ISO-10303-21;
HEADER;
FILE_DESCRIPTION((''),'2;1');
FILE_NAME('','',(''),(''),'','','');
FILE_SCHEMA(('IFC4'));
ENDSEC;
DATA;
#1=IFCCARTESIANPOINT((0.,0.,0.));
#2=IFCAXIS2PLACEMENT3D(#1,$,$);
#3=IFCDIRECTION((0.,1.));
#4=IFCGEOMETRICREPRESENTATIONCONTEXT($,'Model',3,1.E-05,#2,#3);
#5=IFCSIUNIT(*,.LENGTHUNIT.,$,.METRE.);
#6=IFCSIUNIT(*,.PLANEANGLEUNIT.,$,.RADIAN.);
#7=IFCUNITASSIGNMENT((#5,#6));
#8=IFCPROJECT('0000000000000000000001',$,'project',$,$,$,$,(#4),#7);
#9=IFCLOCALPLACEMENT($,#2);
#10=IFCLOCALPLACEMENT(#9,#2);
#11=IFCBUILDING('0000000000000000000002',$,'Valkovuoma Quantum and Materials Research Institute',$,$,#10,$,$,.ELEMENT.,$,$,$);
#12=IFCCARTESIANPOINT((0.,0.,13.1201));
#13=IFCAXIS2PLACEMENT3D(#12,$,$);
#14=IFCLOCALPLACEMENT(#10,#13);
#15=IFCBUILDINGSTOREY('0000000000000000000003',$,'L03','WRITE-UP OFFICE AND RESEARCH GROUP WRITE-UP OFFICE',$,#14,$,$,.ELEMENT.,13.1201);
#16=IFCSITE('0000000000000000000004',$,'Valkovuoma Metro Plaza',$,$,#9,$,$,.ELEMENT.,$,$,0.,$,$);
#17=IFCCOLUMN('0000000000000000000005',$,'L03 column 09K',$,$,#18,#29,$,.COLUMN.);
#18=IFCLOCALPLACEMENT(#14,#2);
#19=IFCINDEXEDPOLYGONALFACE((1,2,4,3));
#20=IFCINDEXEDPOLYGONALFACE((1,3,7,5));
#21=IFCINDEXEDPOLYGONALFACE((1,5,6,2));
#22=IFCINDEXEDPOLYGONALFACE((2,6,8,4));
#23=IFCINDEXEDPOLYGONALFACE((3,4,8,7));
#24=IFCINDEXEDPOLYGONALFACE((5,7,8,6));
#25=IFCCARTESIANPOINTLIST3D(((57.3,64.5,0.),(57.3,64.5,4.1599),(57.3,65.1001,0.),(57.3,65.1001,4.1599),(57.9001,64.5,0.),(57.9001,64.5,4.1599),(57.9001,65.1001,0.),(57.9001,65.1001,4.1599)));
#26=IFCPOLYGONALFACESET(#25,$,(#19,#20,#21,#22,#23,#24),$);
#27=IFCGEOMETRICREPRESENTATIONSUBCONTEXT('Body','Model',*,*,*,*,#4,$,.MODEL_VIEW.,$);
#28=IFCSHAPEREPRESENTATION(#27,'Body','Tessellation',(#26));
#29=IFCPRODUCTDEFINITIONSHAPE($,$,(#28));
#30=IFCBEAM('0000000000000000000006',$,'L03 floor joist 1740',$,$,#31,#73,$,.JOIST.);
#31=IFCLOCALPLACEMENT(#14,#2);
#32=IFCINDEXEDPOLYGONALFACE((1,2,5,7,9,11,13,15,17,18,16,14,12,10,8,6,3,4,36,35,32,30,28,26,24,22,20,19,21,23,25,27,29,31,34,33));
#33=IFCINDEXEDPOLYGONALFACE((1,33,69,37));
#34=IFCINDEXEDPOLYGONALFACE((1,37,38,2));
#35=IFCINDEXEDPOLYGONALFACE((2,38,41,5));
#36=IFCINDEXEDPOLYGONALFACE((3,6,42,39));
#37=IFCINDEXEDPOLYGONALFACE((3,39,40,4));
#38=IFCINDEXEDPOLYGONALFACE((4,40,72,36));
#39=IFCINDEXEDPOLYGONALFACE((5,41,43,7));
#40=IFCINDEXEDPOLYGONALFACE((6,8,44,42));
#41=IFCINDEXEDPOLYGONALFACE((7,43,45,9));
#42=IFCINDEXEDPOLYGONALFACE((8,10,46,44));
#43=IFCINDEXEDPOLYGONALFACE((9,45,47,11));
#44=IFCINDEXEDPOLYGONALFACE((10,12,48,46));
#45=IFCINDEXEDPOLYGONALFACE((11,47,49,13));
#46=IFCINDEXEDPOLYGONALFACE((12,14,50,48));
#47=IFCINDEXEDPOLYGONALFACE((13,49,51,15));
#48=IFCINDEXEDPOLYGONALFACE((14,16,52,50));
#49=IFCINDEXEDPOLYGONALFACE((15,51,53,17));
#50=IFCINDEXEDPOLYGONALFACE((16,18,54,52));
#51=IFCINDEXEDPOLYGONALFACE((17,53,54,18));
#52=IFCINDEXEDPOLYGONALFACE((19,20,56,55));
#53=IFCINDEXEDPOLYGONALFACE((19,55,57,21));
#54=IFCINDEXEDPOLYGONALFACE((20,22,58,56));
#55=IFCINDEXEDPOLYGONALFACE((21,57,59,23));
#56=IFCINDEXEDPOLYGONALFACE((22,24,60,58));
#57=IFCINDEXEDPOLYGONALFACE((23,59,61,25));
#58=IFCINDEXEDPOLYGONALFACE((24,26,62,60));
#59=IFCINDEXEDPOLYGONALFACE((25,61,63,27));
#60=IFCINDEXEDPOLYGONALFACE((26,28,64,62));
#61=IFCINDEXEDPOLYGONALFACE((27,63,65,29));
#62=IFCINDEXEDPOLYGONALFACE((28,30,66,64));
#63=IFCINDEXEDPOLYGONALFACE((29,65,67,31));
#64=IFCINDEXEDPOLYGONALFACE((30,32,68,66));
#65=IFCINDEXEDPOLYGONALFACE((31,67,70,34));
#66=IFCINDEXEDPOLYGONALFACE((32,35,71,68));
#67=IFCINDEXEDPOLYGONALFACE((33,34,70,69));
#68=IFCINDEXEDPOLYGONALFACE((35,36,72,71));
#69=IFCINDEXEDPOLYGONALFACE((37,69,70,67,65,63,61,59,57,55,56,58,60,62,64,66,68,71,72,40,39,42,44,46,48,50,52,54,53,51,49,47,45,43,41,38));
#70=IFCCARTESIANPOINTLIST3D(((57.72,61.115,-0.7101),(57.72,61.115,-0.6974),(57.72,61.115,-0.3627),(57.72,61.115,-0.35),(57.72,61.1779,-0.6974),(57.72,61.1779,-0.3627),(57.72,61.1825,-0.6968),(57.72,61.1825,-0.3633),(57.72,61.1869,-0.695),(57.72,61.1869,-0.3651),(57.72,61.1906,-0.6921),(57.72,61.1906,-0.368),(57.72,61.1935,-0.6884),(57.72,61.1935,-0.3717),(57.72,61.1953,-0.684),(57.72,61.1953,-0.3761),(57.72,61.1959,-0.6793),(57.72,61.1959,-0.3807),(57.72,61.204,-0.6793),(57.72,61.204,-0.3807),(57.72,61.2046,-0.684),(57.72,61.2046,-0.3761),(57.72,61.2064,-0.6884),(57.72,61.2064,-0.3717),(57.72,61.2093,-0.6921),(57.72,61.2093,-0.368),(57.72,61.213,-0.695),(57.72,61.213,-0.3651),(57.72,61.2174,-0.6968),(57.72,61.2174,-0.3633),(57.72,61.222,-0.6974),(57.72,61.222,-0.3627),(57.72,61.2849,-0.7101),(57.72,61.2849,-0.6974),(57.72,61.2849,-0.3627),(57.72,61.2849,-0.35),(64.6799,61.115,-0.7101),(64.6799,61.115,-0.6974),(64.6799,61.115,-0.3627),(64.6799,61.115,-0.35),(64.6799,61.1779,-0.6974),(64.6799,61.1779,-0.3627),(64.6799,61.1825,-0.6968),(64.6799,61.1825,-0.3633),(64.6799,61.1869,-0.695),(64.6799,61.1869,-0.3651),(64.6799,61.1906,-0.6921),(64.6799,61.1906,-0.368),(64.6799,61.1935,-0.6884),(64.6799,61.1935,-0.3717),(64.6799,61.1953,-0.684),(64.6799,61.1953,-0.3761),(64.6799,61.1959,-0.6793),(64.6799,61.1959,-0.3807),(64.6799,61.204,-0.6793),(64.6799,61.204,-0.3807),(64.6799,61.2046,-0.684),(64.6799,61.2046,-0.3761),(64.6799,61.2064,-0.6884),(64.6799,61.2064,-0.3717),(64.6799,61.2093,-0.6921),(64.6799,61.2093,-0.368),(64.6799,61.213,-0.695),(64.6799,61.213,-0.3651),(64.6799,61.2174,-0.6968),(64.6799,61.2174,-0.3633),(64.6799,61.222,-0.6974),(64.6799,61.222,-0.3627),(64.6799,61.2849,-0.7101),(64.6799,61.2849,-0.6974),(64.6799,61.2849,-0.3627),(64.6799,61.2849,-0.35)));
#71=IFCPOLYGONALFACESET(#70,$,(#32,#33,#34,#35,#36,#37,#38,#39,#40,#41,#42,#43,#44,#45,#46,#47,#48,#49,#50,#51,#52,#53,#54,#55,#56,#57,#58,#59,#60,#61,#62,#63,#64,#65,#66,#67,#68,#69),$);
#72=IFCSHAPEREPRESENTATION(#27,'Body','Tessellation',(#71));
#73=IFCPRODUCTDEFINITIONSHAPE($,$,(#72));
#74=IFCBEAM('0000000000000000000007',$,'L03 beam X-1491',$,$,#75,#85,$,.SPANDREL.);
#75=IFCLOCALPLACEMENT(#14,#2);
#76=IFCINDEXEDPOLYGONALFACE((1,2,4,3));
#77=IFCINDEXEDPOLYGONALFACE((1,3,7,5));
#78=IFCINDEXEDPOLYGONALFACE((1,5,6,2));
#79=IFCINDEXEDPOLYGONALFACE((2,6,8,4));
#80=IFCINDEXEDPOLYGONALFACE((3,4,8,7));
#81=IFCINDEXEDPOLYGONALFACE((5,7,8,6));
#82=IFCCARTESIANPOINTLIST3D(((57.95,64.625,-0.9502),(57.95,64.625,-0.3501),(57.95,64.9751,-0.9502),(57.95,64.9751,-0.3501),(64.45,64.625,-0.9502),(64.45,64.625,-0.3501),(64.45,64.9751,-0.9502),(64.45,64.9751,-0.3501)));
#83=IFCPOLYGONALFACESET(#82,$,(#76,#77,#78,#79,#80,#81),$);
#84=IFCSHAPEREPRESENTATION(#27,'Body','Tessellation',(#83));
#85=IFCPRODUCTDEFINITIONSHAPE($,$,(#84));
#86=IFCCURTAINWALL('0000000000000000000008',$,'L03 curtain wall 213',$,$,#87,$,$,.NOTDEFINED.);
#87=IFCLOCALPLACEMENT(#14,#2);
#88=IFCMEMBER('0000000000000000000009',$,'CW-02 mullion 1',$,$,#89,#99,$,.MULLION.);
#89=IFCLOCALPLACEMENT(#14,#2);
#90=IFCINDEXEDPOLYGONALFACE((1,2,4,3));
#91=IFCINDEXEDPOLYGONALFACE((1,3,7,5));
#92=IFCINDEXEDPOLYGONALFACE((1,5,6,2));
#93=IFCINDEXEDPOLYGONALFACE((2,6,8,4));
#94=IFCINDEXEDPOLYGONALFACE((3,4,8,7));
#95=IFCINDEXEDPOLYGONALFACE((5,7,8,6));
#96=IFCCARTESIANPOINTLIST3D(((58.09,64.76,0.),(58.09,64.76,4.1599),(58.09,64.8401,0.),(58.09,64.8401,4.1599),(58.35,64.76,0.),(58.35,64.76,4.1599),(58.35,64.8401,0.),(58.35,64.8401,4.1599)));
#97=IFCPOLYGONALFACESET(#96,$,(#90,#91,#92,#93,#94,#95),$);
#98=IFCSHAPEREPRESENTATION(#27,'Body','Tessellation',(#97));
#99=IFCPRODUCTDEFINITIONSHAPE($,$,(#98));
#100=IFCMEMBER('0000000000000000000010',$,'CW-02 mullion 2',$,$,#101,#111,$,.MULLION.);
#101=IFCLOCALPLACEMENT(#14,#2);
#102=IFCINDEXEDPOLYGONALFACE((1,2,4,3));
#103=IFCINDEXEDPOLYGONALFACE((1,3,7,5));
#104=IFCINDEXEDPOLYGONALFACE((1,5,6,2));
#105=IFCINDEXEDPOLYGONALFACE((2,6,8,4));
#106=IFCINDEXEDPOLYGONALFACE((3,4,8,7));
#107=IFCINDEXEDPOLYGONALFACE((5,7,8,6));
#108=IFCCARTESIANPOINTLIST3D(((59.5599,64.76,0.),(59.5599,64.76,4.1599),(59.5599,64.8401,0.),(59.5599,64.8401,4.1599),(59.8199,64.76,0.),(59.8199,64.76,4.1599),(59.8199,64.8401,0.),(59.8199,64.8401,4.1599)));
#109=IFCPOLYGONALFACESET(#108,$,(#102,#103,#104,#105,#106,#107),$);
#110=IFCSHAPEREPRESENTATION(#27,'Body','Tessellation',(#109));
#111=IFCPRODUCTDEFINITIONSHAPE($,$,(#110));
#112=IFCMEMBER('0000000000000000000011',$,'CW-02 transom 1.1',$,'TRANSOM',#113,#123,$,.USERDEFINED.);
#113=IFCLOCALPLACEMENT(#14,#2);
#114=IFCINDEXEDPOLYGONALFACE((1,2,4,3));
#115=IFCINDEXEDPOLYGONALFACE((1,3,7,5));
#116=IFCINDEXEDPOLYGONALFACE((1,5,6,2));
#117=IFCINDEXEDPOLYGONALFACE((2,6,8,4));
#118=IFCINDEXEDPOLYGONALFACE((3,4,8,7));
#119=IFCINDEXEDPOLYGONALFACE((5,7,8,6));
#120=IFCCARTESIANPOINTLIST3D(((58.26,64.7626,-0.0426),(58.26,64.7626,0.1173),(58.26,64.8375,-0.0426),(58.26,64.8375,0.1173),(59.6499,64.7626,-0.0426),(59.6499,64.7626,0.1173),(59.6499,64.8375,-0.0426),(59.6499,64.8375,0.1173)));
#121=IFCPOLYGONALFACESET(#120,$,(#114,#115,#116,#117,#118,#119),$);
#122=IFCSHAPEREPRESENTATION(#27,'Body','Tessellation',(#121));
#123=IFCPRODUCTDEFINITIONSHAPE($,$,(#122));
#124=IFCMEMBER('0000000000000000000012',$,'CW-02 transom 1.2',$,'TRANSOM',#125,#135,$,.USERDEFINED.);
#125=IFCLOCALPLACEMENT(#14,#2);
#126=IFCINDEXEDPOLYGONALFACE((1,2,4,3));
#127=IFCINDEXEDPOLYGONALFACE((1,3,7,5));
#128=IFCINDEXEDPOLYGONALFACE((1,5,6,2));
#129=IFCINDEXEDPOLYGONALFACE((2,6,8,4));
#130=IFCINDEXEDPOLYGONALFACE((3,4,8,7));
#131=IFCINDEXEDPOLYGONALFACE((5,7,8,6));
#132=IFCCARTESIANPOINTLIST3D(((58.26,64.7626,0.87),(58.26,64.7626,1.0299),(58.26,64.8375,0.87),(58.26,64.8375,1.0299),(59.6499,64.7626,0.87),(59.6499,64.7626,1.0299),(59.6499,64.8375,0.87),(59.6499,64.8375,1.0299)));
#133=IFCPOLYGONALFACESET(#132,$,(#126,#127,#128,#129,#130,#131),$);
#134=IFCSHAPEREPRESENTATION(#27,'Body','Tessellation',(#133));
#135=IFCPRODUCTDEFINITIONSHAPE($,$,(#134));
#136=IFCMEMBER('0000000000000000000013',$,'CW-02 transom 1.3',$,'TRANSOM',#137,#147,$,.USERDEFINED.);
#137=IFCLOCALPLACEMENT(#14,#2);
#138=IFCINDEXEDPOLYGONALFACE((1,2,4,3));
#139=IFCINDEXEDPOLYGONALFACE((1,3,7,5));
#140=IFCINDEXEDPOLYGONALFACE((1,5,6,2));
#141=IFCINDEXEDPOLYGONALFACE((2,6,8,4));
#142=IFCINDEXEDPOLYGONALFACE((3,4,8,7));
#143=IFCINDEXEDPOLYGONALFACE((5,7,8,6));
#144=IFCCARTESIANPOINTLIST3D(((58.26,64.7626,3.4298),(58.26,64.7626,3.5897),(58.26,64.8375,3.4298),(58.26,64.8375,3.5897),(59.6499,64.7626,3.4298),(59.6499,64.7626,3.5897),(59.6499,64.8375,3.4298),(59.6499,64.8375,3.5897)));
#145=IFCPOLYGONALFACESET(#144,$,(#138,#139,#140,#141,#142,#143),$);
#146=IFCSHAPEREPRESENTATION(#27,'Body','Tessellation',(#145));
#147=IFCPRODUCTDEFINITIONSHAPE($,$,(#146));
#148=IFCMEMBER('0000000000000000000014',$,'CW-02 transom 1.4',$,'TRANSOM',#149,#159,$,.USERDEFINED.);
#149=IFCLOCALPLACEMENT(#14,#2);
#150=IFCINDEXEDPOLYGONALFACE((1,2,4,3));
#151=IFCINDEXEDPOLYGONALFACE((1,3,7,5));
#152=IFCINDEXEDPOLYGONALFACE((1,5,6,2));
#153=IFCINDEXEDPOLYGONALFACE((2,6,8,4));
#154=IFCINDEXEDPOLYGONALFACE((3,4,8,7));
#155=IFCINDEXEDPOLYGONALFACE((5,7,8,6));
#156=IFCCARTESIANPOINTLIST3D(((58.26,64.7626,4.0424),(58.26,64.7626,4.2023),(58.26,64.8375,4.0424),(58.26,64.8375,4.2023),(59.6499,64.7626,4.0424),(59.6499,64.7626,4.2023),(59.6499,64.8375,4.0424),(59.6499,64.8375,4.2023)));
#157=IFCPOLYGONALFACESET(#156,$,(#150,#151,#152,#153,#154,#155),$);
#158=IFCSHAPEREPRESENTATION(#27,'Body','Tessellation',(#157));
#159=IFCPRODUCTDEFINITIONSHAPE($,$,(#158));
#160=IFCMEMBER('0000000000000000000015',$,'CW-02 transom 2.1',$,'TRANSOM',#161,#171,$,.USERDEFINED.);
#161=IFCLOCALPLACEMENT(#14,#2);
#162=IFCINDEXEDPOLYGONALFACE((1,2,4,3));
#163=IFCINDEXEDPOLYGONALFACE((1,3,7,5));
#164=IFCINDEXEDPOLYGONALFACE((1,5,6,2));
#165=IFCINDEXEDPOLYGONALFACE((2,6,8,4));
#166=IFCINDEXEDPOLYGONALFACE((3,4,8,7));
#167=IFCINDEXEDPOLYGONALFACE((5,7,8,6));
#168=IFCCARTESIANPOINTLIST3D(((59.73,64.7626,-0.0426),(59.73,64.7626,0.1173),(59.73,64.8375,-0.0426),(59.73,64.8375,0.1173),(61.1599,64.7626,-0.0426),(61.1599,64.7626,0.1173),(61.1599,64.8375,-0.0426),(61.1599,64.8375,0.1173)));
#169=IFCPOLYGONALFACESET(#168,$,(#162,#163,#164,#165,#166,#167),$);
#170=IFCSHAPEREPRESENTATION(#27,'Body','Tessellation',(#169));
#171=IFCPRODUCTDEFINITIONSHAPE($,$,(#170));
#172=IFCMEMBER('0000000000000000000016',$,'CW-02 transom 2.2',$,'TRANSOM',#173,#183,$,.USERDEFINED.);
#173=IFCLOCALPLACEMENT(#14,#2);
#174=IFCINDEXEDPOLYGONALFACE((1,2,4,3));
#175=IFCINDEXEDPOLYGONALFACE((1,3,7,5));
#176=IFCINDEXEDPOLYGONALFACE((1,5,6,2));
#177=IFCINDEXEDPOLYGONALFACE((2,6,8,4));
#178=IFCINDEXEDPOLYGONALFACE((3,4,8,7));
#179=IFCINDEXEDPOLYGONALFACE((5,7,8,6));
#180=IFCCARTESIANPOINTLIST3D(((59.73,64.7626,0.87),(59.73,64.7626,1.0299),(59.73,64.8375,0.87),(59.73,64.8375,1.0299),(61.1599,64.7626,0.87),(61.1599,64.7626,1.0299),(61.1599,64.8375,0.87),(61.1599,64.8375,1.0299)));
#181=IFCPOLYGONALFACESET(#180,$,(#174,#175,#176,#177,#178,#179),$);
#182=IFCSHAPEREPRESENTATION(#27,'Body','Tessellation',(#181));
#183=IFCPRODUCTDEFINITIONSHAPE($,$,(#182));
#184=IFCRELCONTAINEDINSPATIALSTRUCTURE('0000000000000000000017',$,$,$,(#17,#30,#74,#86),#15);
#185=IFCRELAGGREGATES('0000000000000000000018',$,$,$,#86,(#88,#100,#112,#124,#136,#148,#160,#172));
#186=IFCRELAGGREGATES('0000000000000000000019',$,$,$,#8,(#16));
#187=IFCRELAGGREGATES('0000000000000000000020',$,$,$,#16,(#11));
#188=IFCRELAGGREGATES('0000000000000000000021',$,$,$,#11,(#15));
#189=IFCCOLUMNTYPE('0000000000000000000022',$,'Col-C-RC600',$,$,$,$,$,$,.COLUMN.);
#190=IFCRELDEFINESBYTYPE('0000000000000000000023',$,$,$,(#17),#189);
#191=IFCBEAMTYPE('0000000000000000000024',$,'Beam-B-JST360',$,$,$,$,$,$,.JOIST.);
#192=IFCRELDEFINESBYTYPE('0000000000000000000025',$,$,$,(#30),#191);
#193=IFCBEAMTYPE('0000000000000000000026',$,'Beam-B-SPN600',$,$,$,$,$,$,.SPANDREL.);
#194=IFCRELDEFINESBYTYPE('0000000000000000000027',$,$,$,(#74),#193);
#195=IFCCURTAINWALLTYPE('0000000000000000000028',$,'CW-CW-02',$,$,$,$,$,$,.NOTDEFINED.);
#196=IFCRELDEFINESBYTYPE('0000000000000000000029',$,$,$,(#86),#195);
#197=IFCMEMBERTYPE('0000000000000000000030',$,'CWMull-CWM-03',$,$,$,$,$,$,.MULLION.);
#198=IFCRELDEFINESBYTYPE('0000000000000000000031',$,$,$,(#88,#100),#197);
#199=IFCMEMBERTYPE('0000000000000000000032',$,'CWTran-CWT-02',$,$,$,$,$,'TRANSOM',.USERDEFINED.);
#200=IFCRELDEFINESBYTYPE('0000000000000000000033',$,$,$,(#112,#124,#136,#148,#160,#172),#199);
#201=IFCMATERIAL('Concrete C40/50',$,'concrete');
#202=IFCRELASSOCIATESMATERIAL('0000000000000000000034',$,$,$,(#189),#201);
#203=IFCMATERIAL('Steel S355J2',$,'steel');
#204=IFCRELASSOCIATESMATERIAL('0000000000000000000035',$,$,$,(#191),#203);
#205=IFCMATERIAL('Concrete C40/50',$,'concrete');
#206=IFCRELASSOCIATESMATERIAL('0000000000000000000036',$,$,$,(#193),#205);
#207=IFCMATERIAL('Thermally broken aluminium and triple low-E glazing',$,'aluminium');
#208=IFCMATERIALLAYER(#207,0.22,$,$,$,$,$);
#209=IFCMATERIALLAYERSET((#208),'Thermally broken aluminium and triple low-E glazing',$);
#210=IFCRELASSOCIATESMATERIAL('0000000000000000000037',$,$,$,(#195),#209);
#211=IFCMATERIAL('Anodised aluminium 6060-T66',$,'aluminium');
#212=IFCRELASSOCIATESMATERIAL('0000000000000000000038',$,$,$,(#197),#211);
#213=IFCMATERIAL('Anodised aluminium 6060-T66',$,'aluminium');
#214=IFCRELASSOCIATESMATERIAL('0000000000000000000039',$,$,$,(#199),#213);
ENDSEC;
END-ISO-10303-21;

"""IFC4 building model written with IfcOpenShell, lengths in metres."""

from ifc_helpers import new_model, si_unit, direction, frame, origin, origin_2d, place, context, subcontext, project, spatial, rectangle, i_section, extrude, material, layer, layer_set, material_profile, profile_set, type_object, element, aggregate, save


model = new_model("IFC4")

# Units and contexts
model_context = context("Model", 3, precision=1e-05, world=origin(), true_north=direction((0.0, 1.0)))
body_context = subcontext(model_context, "Body", "Model", "MODEL_VIEW")
ifc_project = project(units=[si_unit("LENGTHUNIT", "METRE"), si_unit("PLANEANGLEUNIT", "RADIAN")], contexts=[model_context])

# Site, building, storey
site_placement = place(None, origin())
site = spatial("IfcSite", under=ifc_project, at=site_placement, Name="Valkovuoma Metro Plaza", CompositionType="ELEMENT", RefElevation=0.0)
building_placement = place(site_placement, origin())
building = spatial("IfcBuilding", under=site, at=building_placement, Name="Valkovuoma Quantum and Materials Research Institute", CompositionType="ELEMENT")
storey_placement = place(building_placement, frame((0.0, 0.0, 13.1201)))
storey = spatial("IfcBuildingStorey", under=building, at=storey_placement, Name="L03", Description="WRITE-UP OFFICE AND RESEARCH GROUP WRITE-UP OFFICE", CompositionType="ELEMENT", Elevation=13.1201)

# Column
ifc_material_1 = material(Name="Concrete C40/50", Category="concrete")
ifc_material_profile_1 = material_profile(ifc_material_1, rectangle(XDim=0.6001, YDim=0.6001, at=origin_2d()), Name="Concrete C40/50")
ifc_profile_set_1 = profile_set([ifc_material_profile_1], Name="Concrete C40/50")
column_type = type_object("IfcColumnType", Name="Col-C-RC600", PredefinedType="COLUMN", material=ifc_profile_set_1)
column_placement = place(storey_placement, frame((57.6001, 64.8, 0.0), z_axis=(0.0, 0.0, 1.0), x_axis=(1.0, 0.0, 0.0)))
element("IfcColumn", 1, at=column_placement, inside=storey, type_object=column_type, Name="L03 column 09K", PredefinedType="COLUMN", context=body_context, shape_type="SweptSolid", body=[
    extrude(rectangle(XDim=0.6001, YDim=0.6001, at=origin_2d()), origin(), (0.0, 0.0, 1.0), 4.1599),
])

# Beams
ifc_material_2 = material(Name="Steel S355J2", Category="steel")
ifc_material_profile_2 = material_profile(ifc_material_2, i_section(OverallWidth=0.1699, OverallDepth=0.3601, WebThickness=0.0081, FlangeThickness=0.0127, FilletRadius=0.0181, at=origin_2d()), Name="Steel S355J2")
ifc_profile_set_2 = profile_set([ifc_material_profile_2], Name="Steel S355J2")
beam_type_1 = type_object("IfcBeamType", Name="Beam-B-JST360", PredefinedType="JOIST", material=ifc_profile_set_2)
beam_1_placement = place(storey_placement, frame((57.72, 61.2, -0.53), z_axis=(1.0, 0.0, 0.0), x_axis=(0.0, 1.0, 0.0)))
element("IfcBeam", 2, at=beam_1_placement, inside=storey, type_object=beam_type_1, Name="L03 floor joist 1740", PredefinedType="JOIST", context=body_context, shape_type="SweptSolid", body=[
    extrude(i_section(OverallWidth=0.1699, OverallDepth=0.3601, WebThickness=0.0081, FlangeThickness=0.0127, FilletRadius=0.0181, at=origin_2d()), origin(), (0.0, 0.0, 1.0), 6.96),
])
ifc_material_3 = material(Name="Concrete C40/50", Category="concrete")
ifc_material_profile_3 = material_profile(ifc_material_3, rectangle(XDim=0.3501, YDim=0.6001, at=origin_2d()), Name="Concrete C40/50")
ifc_profile_set_3 = profile_set([ifc_material_profile_3], Name="Concrete C40/50")
beam_type_2 = type_object("IfcBeamType", Name="Beam-B-SPN600", PredefinedType="SPANDREL", material=ifc_profile_set_3)
beam_2_placement = place(storey_placement, frame((57.95, 64.8, -0.6501), z_axis=(1.0, 0.0, 0.0), x_axis=(0.0, 1.0, 0.0)))
element("IfcBeam", 3, at=beam_2_placement, inside=storey, type_object=beam_type_2, Name="L03 beam X-1491", PredefinedType="SPANDREL", context=body_context, shape_type="SweptSolid", body=[
    extrude(rectangle(XDim=0.3501, YDim=0.6001, at=origin_2d()), origin(), (0.0, 0.0, 1.0), 6.5),
])

# Curtain wall, members
ifc_material_4 = material(Name="Thermally broken aluminium and triple low-E glazing", Category="aluminium")
ifc_layer_1 = layer(ifc_material_4, 0.22)
ifc_layer_set_1 = layer_set([ifc_layer_1], Name="Thermally broken aluminium and triple low-E glazing")
curtain_wall_type = type_object("IfcCurtainWallType", Name="CW-CW-02", PredefinedType="NOTDEFINED", material=ifc_layer_set_1)
curtain_wall_placement = place(storey_placement, origin())
curtain_wall = element("IfcCurtainWall", 4, at=curtain_wall_placement, inside=storey, type_object=curtain_wall_type, Name="L03 curtain wall 213", PredefinedType="NOTDEFINED")
ifc_material_5 = material(Name="Anodised aluminium 6060-T66", Category="aluminium")
ifc_material_profile_4 = material_profile(ifc_material_5, rectangle(XDim=0.0801, YDim=0.26, at=origin_2d()), Name="Anodised aluminium 6060-T66")
ifc_profile_set_4 = profile_set([ifc_material_profile_4], Name="Anodised aluminium 6060-T66")
member_type_1 = type_object("IfcMemberType", Name="CWMull-CWM-03", PredefinedType="MULLION", material=ifc_profile_set_4)
member_1_placement = place(storey_placement, frame((58.22, 64.8, 0.0), z_axis=(0.0, 0.0, 1.0), x_axis=(0.0, 1.0, 0.0)))
member_1 = element("IfcMember", 5, at=member_1_placement, type_object=member_type_1, Name="CW-02 mullion 1", PredefinedType="MULLION", context=body_context, shape_type="SweptSolid", body=[
    extrude(rectangle(XDim=0.0801, YDim=0.26, at=origin_2d()), origin(), (0.0, 0.0, 1.0), 4.1599),
])
member_2_placement = place(storey_placement, frame((59.6899, 64.8, 0.0), z_axis=(0.0, 0.0, 1.0), x_axis=(0.0, 1.0, 0.0)))
member_2 = element("IfcMember", 6, at=member_2_placement, type_object=member_type_1, Name="CW-02 mullion 2", PredefinedType="MULLION", context=body_context, shape_type="SweptSolid", body=[
    extrude(rectangle(XDim=0.0801, YDim=0.26, at=origin_2d()), origin(), (0.0, 0.0, 1.0), 4.1599),
])
ifc_material_6 = material(Name="Anodised aluminium 6060-T66", Category="aluminium")
ifc_material_profile_5 = material_profile(ifc_material_6, rectangle(XDim=0.075, YDim=0.1599, at=origin_2d()), Name="Anodised aluminium 6060-T66")
ifc_profile_set_5 = profile_set([ifc_material_profile_5], Name="Anodised aluminium 6060-T66")
member_type_2 = type_object("IfcMemberType", Name="CWTran-CWT-02", ElementType="TRANSOM", PredefinedType="USERDEFINED", material=ifc_profile_set_5)
member_3_placement = place(storey_placement, frame((58.26, 64.8, 0.0374), z_axis=(1.0, 0.0, 0.0), x_axis=(0.0, 1.0, 0.0)))
member_3 = element("IfcMember", 7, at=member_3_placement, type_object=member_type_2, Name="CW-02 transom 1.1", ObjectType="TRANSOM", PredefinedType="USERDEFINED", context=body_context, shape_type="SweptSolid", body=[
    extrude(rectangle(XDim=0.075, YDim=0.1599, at=origin_2d()), origin(), (0.0, 0.0, 1.0), 1.3899),
])
member_4_placement = place(storey_placement, frame((58.26, 64.8, 0.95), z_axis=(1.0, 0.0, 0.0), x_axis=(0.0, 1.0, 0.0)))
member_4 = element("IfcMember", 8, at=member_4_placement, type_object=member_type_2, Name="CW-02 transom 1.2", ObjectType="TRANSOM", PredefinedType="USERDEFINED", context=body_context, shape_type="SweptSolid", body=[
    extrude(rectangle(XDim=0.075, YDim=0.1599, at=origin_2d()), origin(), (0.0, 0.0, 1.0), 1.3899),
])
member_5_placement = place(storey_placement, frame((58.26, 64.8, 3.5098), z_axis=(1.0, 0.0, 0.0), x_axis=(0.0, 1.0, 0.0)))
member_5 = element("IfcMember", 9, at=member_5_placement, type_object=member_type_2, Name="CW-02 transom 1.3", ObjectType="TRANSOM", PredefinedType="USERDEFINED", context=body_context, shape_type="SweptSolid", body=[
    extrude(rectangle(XDim=0.075, YDim=0.1599, at=origin_2d()), origin(), (0.0, 0.0, 1.0), 1.3899),
])
member_6_placement = place(storey_placement, frame((58.26, 64.8, 4.1223), z_axis=(1.0, 0.0, 0.0), x_axis=(0.0, 1.0, 0.0)))
member_6 = element("IfcMember", 10, at=member_6_placement, type_object=member_type_2, Name="CW-02 transom 1.4", ObjectType="TRANSOM", PredefinedType="USERDEFINED", context=body_context, shape_type="SweptSolid", body=[
    extrude(rectangle(XDim=0.075, YDim=0.1599, at=origin_2d()), origin(), (0.0, 0.0, 1.0), 1.3899),
])
member_7_placement = place(storey_placement, frame((59.73, 64.8, 0.0374), z_axis=(1.0, 0.0, 0.0), x_axis=(0.0, 1.0, 0.0)))
member_7 = element("IfcMember", 11, at=member_7_placement, type_object=member_type_2, Name="CW-02 transom 2.1", ObjectType="TRANSOM", PredefinedType="USERDEFINED", context=body_context, shape_type="SweptSolid", body=[
    extrude(rectangle(XDim=0.075, YDim=0.1599, at=origin_2d()), origin(), (0.0, 0.0, 1.0), 1.4299),
])
member_8_placement = place(storey_placement, frame((59.73, 64.8, 0.95), z_axis=(1.0, 0.0, 0.0), x_axis=(0.0, 1.0, 0.0)))
member_8 = element("IfcMember", 12, at=member_8_placement, type_object=member_type_2, Name="CW-02 transom 2.2", ObjectType="TRANSOM", PredefinedType="USERDEFINED", context=body_context, shape_type="SweptSolid", body=[
    extrude(rectangle(XDim=0.075, YDim=0.1599, at=origin_2d()), origin(), (0.0, 0.0, 1.0), 1.4299),
])
aggregate(curtain_wall, [member_1, member_2, member_3, member_4, member_5, member_6, member_7, member_8])

save(model, "model.ifc")
